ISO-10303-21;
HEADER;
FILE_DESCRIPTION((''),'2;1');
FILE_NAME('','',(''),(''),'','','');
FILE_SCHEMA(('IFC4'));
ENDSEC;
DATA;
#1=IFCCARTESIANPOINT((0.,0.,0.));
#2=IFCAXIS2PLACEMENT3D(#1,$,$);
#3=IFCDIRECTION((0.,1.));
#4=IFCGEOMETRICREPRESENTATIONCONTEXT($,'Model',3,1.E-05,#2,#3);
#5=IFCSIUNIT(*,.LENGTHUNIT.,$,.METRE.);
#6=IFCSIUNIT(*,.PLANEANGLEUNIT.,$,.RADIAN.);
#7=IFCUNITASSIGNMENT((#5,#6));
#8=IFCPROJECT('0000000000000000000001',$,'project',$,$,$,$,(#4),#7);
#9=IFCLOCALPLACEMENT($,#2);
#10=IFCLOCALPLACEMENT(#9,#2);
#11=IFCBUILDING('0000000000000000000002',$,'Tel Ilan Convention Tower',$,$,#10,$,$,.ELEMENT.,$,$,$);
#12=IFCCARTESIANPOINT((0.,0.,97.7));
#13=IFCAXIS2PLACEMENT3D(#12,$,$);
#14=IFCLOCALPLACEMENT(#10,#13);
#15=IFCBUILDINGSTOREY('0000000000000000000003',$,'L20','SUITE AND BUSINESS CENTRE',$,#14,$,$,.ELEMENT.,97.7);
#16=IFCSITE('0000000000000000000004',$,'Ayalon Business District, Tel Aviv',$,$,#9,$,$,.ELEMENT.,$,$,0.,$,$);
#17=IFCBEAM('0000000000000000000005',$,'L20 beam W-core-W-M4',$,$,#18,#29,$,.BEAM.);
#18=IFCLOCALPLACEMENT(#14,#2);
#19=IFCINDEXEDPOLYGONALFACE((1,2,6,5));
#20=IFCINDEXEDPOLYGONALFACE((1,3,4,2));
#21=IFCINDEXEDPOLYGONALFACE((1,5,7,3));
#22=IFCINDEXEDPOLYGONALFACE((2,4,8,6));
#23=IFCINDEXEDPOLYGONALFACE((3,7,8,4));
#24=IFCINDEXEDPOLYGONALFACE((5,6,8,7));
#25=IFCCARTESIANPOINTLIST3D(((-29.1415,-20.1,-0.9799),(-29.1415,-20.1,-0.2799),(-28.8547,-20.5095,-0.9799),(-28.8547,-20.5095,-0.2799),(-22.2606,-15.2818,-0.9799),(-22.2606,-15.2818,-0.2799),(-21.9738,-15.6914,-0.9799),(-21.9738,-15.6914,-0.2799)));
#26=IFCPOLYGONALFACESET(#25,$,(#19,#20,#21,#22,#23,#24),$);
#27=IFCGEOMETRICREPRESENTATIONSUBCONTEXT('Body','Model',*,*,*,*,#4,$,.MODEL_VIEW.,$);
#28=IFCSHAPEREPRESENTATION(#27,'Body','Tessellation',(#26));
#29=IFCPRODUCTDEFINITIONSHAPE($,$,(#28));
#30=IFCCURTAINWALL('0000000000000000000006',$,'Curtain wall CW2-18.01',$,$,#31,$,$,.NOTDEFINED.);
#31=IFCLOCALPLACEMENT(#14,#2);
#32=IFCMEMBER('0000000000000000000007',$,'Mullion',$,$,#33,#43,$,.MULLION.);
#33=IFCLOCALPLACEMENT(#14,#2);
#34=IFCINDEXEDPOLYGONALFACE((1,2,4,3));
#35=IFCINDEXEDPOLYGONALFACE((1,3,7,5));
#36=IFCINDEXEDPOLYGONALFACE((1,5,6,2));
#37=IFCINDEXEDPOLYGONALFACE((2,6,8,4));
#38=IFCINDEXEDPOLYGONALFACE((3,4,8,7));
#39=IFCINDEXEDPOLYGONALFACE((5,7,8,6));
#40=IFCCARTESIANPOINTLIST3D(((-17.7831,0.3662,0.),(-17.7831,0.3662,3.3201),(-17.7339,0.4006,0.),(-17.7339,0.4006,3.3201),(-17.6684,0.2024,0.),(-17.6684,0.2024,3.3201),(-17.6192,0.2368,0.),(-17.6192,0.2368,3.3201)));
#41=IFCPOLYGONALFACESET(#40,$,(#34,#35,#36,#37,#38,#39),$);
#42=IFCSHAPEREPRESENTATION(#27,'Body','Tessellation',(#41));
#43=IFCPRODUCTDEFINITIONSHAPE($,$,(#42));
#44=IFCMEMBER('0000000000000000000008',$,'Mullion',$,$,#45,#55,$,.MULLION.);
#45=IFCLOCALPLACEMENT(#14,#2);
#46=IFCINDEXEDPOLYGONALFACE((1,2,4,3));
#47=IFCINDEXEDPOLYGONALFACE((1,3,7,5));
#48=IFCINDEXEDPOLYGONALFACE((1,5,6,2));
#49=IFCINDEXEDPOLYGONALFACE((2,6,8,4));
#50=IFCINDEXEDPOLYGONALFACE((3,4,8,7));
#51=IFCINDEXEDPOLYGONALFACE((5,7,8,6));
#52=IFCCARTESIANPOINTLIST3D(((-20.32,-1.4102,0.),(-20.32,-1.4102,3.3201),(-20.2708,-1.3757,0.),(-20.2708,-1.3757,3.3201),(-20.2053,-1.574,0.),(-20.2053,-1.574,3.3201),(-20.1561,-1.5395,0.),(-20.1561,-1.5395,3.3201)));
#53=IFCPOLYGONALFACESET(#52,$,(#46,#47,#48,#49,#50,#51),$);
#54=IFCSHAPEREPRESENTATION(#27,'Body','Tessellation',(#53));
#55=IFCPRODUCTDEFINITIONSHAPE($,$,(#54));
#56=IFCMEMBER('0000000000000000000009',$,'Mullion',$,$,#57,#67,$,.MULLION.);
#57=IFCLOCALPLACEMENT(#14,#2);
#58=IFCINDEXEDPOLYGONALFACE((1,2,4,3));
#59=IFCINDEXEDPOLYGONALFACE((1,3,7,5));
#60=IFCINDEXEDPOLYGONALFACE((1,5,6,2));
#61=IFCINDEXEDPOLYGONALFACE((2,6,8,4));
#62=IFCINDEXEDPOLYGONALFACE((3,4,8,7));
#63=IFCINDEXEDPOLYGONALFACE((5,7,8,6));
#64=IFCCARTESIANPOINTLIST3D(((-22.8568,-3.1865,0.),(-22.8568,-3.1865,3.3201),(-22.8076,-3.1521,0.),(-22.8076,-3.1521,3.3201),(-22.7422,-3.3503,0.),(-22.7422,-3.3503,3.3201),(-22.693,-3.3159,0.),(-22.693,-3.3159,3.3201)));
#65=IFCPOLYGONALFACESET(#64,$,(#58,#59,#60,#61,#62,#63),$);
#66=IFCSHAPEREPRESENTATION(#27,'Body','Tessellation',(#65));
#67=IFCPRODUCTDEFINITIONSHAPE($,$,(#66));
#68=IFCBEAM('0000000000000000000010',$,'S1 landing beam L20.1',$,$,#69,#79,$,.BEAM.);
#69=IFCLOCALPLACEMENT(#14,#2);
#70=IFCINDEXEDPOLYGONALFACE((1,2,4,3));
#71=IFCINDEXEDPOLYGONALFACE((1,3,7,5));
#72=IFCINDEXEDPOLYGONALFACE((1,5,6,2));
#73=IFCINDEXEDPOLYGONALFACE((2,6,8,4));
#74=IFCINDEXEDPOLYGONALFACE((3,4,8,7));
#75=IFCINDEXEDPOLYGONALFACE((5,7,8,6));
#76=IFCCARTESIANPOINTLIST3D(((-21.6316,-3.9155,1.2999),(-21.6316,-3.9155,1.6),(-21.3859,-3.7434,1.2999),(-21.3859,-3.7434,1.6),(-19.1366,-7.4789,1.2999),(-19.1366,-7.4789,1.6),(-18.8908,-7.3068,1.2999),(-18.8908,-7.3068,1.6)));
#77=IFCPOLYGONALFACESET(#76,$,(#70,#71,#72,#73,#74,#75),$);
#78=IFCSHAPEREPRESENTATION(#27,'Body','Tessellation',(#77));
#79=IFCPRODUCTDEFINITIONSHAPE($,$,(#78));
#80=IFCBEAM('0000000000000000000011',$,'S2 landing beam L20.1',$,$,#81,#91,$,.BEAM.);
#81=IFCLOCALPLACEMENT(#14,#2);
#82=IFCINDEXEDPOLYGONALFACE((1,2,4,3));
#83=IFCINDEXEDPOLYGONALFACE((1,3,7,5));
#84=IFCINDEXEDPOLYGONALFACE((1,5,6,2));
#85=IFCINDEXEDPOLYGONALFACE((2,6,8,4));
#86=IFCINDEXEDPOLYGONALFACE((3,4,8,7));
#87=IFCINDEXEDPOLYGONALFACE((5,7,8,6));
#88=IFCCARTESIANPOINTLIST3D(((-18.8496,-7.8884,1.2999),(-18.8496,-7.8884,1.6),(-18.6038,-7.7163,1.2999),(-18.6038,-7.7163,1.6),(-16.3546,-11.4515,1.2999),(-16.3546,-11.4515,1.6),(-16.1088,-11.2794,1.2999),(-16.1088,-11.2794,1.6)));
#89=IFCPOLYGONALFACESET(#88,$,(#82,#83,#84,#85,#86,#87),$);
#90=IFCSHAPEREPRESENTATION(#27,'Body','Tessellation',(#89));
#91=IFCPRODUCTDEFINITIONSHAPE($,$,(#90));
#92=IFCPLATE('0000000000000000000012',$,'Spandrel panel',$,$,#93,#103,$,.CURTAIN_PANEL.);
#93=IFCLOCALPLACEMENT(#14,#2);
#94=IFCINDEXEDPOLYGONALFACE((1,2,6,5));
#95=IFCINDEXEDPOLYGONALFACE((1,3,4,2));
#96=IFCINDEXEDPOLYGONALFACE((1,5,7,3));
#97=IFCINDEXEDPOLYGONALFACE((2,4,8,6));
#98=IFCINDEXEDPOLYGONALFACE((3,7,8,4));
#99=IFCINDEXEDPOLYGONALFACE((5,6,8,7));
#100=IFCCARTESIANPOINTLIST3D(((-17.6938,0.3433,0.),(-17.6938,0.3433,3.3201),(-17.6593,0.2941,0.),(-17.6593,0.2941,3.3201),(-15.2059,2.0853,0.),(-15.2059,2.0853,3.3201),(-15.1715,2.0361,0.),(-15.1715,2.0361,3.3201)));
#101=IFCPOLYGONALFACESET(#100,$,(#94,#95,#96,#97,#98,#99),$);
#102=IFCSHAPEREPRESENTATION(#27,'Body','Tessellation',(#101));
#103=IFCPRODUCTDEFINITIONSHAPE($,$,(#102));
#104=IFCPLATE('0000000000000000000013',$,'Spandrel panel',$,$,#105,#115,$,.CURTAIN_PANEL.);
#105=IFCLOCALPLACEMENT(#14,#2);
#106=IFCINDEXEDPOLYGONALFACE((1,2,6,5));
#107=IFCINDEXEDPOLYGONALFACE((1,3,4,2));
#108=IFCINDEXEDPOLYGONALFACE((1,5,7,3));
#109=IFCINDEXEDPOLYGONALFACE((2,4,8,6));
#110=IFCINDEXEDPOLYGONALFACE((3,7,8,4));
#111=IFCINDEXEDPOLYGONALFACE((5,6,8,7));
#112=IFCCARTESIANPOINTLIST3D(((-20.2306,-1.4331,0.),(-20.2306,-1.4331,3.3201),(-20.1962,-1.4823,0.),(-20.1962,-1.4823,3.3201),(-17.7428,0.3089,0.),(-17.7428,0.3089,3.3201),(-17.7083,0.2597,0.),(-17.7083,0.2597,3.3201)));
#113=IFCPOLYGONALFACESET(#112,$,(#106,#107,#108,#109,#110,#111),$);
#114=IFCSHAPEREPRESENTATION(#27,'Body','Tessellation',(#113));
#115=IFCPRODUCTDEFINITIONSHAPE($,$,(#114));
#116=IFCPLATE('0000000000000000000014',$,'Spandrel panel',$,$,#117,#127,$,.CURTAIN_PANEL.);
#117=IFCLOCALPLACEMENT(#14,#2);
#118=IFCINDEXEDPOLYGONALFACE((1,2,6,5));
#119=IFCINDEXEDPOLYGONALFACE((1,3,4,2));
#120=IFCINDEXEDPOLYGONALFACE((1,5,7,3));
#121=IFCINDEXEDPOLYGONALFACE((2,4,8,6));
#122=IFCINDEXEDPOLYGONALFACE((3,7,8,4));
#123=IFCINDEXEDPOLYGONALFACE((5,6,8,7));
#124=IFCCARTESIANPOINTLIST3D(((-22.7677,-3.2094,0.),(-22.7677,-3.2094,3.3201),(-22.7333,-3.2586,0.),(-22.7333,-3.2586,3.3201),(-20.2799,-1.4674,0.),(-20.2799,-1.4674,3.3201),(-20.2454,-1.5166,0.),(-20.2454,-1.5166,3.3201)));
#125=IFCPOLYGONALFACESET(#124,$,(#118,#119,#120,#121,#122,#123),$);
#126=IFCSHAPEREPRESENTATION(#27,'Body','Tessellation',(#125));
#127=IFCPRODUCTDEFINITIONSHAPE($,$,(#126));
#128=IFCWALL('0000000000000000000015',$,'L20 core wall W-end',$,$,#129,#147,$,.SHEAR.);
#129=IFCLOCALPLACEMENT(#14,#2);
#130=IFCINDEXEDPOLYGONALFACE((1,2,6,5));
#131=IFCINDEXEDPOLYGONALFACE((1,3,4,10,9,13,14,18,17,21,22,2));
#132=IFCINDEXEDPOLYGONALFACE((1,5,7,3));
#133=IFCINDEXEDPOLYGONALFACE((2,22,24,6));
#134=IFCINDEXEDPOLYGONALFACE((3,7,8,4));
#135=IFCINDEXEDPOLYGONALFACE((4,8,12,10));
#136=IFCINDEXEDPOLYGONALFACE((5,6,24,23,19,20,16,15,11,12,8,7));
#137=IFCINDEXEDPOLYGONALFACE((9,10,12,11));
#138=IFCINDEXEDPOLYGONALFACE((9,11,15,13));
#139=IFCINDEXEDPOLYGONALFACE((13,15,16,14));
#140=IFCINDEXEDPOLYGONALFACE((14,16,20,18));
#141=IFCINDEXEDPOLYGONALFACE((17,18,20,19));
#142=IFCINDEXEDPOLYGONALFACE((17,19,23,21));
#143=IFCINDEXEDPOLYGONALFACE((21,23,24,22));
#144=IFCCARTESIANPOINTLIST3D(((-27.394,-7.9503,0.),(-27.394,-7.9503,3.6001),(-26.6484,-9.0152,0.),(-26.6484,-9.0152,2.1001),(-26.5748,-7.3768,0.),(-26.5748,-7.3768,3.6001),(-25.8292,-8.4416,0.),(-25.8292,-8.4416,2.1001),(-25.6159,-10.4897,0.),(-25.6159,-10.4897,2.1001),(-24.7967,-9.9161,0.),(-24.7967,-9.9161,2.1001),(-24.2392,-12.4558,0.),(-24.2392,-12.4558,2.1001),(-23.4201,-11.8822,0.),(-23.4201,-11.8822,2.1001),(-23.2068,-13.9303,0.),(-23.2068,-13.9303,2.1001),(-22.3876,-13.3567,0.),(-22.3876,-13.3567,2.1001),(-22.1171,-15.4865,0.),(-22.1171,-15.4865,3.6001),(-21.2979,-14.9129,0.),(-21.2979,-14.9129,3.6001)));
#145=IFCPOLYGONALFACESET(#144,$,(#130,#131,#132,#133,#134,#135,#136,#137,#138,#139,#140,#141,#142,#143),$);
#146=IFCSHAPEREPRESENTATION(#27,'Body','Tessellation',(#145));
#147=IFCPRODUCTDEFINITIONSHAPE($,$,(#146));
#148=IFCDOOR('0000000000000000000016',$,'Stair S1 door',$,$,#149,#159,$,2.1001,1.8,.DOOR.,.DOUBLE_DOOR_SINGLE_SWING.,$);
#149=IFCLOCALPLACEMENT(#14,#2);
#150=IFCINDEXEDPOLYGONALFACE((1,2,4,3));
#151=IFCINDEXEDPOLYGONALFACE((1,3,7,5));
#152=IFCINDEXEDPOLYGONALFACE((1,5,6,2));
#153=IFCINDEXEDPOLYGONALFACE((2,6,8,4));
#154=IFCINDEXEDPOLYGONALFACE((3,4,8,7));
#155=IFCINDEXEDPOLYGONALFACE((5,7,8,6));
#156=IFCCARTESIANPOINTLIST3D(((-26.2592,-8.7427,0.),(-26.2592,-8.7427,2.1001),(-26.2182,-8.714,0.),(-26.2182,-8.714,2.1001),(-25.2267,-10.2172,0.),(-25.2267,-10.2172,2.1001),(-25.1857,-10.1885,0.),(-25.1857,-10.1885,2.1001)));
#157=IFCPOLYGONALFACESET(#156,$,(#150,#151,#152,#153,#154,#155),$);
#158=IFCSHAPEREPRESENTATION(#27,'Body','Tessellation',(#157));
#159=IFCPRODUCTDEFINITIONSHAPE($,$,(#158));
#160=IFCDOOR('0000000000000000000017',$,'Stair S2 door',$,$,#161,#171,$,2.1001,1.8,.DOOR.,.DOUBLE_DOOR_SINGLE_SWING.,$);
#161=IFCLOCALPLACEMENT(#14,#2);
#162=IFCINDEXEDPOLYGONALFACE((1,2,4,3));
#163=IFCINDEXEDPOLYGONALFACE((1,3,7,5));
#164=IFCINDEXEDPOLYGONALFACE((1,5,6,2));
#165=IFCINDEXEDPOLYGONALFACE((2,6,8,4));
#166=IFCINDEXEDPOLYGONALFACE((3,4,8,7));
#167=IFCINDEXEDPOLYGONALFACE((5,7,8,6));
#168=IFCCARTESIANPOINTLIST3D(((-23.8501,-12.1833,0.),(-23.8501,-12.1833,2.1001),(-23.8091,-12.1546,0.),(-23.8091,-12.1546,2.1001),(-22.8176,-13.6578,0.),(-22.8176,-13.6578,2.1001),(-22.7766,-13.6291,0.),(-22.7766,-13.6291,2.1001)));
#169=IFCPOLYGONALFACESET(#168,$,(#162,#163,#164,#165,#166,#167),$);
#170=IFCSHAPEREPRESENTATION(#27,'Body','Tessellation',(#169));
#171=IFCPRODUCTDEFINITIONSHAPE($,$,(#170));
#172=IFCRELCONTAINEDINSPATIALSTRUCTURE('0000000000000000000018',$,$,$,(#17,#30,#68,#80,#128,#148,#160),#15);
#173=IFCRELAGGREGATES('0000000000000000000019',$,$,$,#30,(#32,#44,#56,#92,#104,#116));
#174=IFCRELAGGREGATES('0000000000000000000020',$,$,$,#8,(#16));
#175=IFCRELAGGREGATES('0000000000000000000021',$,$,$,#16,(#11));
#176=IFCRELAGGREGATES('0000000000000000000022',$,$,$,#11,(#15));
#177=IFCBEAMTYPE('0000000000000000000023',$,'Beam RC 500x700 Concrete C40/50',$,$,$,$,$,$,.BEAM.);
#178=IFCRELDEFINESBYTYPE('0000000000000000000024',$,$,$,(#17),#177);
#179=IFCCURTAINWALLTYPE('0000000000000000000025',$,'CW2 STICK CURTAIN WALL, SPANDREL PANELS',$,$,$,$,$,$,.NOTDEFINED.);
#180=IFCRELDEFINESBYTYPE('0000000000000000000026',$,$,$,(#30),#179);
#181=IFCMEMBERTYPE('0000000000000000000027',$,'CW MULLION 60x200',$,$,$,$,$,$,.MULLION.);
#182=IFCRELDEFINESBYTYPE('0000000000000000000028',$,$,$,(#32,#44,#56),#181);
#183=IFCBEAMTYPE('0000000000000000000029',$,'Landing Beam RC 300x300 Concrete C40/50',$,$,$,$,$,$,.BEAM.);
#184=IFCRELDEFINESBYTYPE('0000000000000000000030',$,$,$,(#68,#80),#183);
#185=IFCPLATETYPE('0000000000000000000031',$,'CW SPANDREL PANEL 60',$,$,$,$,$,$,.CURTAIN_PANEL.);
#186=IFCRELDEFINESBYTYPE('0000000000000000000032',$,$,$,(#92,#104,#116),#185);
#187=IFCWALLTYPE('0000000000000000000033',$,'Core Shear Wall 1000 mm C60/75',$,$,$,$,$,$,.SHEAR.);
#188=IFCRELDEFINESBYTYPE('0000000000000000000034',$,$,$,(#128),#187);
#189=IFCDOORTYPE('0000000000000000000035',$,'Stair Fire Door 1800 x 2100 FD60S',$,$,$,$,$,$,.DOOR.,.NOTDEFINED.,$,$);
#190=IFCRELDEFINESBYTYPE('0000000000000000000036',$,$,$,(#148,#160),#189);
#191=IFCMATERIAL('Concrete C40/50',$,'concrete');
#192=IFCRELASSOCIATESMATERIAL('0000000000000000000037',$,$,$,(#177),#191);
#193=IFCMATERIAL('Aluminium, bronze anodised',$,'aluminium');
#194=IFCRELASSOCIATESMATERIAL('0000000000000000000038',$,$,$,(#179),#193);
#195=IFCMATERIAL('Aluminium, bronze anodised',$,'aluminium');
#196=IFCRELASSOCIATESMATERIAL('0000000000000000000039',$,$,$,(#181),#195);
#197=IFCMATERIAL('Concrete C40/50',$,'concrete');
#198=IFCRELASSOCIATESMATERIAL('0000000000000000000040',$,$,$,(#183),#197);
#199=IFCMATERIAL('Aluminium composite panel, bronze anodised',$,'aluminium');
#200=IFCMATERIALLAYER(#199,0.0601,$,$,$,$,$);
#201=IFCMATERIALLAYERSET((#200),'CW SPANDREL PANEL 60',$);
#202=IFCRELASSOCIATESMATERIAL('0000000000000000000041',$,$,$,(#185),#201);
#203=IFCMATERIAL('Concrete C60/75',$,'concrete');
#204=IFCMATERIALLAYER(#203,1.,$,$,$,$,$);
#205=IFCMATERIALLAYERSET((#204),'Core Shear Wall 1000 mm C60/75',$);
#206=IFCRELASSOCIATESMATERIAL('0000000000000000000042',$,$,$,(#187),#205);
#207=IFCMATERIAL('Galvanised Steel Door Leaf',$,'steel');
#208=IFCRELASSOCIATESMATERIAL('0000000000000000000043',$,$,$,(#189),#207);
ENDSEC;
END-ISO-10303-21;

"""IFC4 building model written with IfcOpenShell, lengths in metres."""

from ifc_helpers import new_model, si_unit, direction, frame, frame_2d, origin, origin_2d, place, context, subcontext, project, spatial, polyline, rectangle, outline, extrude, material, layer, layer_set, material_profile, profile_set, type_object, element, fill, aggregate, save


model = new_model("IFC4")

# Units and contexts
model_context = context("Model", 3, precision=1e-05, world=origin(), true_north=direction((0.0, 1.0)))
body_context = subcontext(model_context, "Body", "Model", "MODEL_VIEW")
ifc_project = project(units=[si_unit("LENGTHUNIT", "METRE"), si_unit("PLANEANGLEUNIT", "RADIAN")], contexts=[model_context])

# Site, building, storey
site_placement = place(None, origin())
site = spatial("IfcSite", under=ifc_project, at=site_placement, Name="Ayalon Business District, Tel Aviv", CompositionType="ELEMENT", RefElevation=0.0)
building_placement = place(site_placement, origin())
building = spatial("IfcBuilding", under=site, at=building_placement, Name="Tel Ilan Convention Tower", CompositionType="ELEMENT")
storey_placement = place(building_placement, frame((0.0, 0.0, 97.7)))
storey = spatial("IfcBuildingStorey", under=building, at=storey_placement, Name="L20", Description="SUITE AND BUSINESS CENTRE", CompositionType="ELEMENT", Elevation=97.7)

# Beam
ifc_material_1 = material(Name="Concrete C40/50", Category="concrete")
ifc_material_profile_1 = material_profile(ifc_material_1, rectangle(XDim=0.5, YDim=0.7, at=origin_2d()), Name="RC 500x700")
ifc_profile_set_1 = profile_set([ifc_material_profile_1], Name="Concrete C40/50")
beam_type_1 = type_object("IfcBeamType", Name="Beam RC 500x700 Concrete C40/50", PredefinedType="BEAM", material=ifc_profile_set_1)
beam_1_placement = place(storey_placement, frame((-22.1172, -15.4866, -0.6299), z_axis=(-0.819147, -0.573583, 0.0), x_axis=(0.573583, -0.819147, 0.0)))
element("IfcBeam", 1, at=beam_1_placement, inside=storey, type_object=beam_type_1, Name="L20 beam W-core-W-M4", PredefinedType="BEAM", context=body_context, shape_type="SweptSolid", body=[
    extrude(rectangle(XDim=0.5, YDim=0.7, at=origin_2d()), origin(), (0.0, 0.0, 1.0), 8.4001),
])

# Curtain wall, members
ifc_material_2 = material(Name="Aluminium, bronze anodised", Category="aluminium")
curtain_wall_type = type_object("IfcCurtainWallType", Name="CW2 STICK CURTAIN WALL, SPANDREL PANELS", PredefinedType="NOTDEFINED", material=ifc_material_2)
curtain_wall_placement = place(storey_placement, origin())
curtain_wall = element("IfcCurtainWall", 2, at=curtain_wall_placement, inside=storey, type_object=curtain_wall_type, Name="Curtain wall CW2-18.01", PredefinedType="NOTDEFINED")
ifc_material_3 = material(Name="Aluminium, bronze anodised", Category="aluminium")
ifc_material_profile_2 = material_profile(ifc_material_3, rectangle(XDim=0.0601, YDim=0.2, at=origin_2d()), Name="CW MULLION 60x200")
ifc_profile_set_2 = profile_set([ifc_material_profile_2], Name="Aluminium, bronze anodised")
member_type = type_object("IfcMemberType", Name="CW MULLION 60x200", PredefinedType="MULLION", material=ifc_profile_set_2)
member_1_placement = place(storey_placement, frame((-17.7012, 0.3015, 0.0), z_axis=(0.0, 0.0, 1.0), x_axis=(-0.819152, -0.573576, 0.0)))
member_1 = element("IfcMember", 3, at=member_1_placement, type_object=member_type, Name="Mullion", PredefinedType="MULLION", context=body_context, shape_type="SweptSolid", body=[
    extrude(rectangle(XDim=0.0601, YDim=0.2, at=origin_2d()), origin(), (0.0, 0.0, 1.0), 3.3201),
])
member_2_placement = place(storey_placement, frame((-20.238, -1.4749, 0.0), z_axis=(0.0, 0.0, 1.0), x_axis=(-0.819152, -0.573576, 0.0)))
member_2 = element("IfcMember", 4, at=member_2_placement, type_object=member_type, Name="Mullion", PredefinedType="MULLION", context=body_context, shape_type="SweptSolid", body=[
    extrude(rectangle(XDim=0.0601, YDim=0.2, at=origin_2d()), origin(), (0.0, 0.0, 1.0), 3.3201),
])
member_3_placement = place(storey_placement, frame((-22.7749, -3.2512, 0.0), z_axis=(0.0, 0.0, 1.0), x_axis=(-0.819152, -0.573576, 0.0)))
member_3 = element("IfcMember", 5, at=member_3_placement, type_object=member_type, Name="Mullion", PredefinedType="MULLION", context=body_context, shape_type="SweptSolid", body=[
    extrude(rectangle(XDim=0.0601, YDim=0.2, at=origin_2d()), origin(), (0.0, 0.0, 1.0), 3.3201),
])

# Beams
ifc_material_4 = material(Name="Concrete C40/50", Category="concrete")
ifc_material_profile_3 = material_profile(ifc_material_4, rectangle(XDim=0.3, YDim=0.3, at=origin_2d()), Name="RC 300x300")
ifc_profile_set_3 = profile_set([ifc_material_profile_3], Name="Concrete C40/50")
beam_type_2 = type_object("IfcBeamType", Name="Landing Beam RC 300x300 Concrete C40/50", PredefinedType="BEAM", material=ifc_profile_set_3)
beam_2_placement = place(storey_placement, frame((-19.0137, -7.3928, 1.45), z_axis=(-0.573568, 0.819158, 0.0), x_axis=(-0.819158, -0.573568, 0.0)))
element("IfcBeam", 6, at=beam_2_placement, inside=storey, type_object=beam_type_2, Name="S1 landing beam L20.1", PredefinedType="BEAM", context=body_context, shape_type="SweptSolid", body=[
    extrude(rectangle(XDim=0.3, YDim=0.3, at=origin_2d()), origin(), (0.0, 0.0, 1.0), 4.3501),
])
beam_3_placement = place(storey_placement, frame((-16.2317, -11.3655, 1.45), z_axis=(-0.573594, 0.81914, 0.0), x_axis=(-0.81914, -0.573594, 0.0)))
element("IfcBeam", 7, at=beam_3_placement, inside=storey, type_object=beam_type_2, Name="S2 landing beam L20.1", PredefinedType="BEAM", context=body_context, shape_type="SweptSolid", body=[
    extrude(rectangle(XDim=0.3, YDim=0.3, at=origin_2d()), origin(), (0.0, 0.0, 1.0), 4.3499),
])

# Plates
ifc_material_5 = material(Name="Aluminium composite panel, bronze anodised", Category="aluminium")
ifc_layer_1 = layer(ifc_material_5, 0.0601)
ifc_layer_set_1 = layer_set([ifc_layer_1], Name="CW SPANDREL PANEL 60")
plate_type = type_object("IfcPlateType", Name="CW SPANDREL PANEL 60", PredefinedType="CURTAIN_PANEL", material=ifc_layer_set_1)
plate_1_placement = place(storey_placement, frame((-16.4326, 1.1897, 0.0), z_axis=(0.0, 0.0, 1.0), x_axis=(-0.819152, -0.573576, 0.0)))
plate_1 = element("IfcPlate", 8, at=plate_1_placement, type_object=plate_type, Name="Spandrel panel", PredefinedType="CURTAIN_PANEL", context=body_context, shape_type="SweptSolid", body=[
    extrude(rectangle(XDim=3.0371, YDim=0.0601, at=origin_2d()), origin(), (0.0, 0.0, 1.0), 3.3201),
])
plate_2_placement = place(storey_placement, frame((-18.9695, -0.5867, 0.0), z_axis=(0.0, 0.0, 1.0), x_axis=(-0.819152, -0.573576, 0.0)))
plate_2 = element("IfcPlate", 9, at=plate_2_placement, type_object=plate_type, Name="Spandrel panel", PredefinedType="CURTAIN_PANEL", context=body_context, shape_type="SweptSolid", body=[
    extrude(rectangle(XDim=3.0371, YDim=0.0601, at=origin_2d()), origin(), (0.0, 0.0, 1.0), 3.3201),
])
plate_3_placement = place(storey_placement, frame((-21.5066, -2.363, 0.0), z_axis=(0.0, 0.0, 1.0), x_axis=(-0.819152, -0.573576, 0.0)))
plate_3 = element("IfcPlate", 10, at=plate_3_placement, type_object=plate_type, Name="Spandrel panel", PredefinedType="CURTAIN_PANEL", context=body_context, shape_type="SweptSolid", body=[
    extrude(rectangle(XDim=3.0371, YDim=0.0601, at=origin_2d()), origin(), (0.0, 0.0, 1.0), 3.3201),
])
aggregate(curtain_wall, [member_1, member_2, member_3, plate_1, plate_2, plate_3])

# Wall, openings, doors
ifc_material_6 = material(Name="Concrete C60/75", Category="concrete")
ifc_layer_2 = layer(ifc_material_6, 1.0)
ifc_layer_set_2 = layer_set([ifc_layer_2], Name="Core Shear Wall 1000 mm C60/75")
wall_type_1 = type_object("IfcWallType", Name="Core Shear Wall 1000 mm C60/75", PredefinedType="SHEAR", material=ifc_layer_set_2)
wall_1_placement = place(storey_placement, frame((-21.7075, -15.1997, 0.0), z_axis=(0.0, 0.0, 1.0), x_axis=(-0.573576, 0.819152, 0.0)))
wall_1 = element("IfcWall", 11, at=wall_1_placement, inside=storey, type_object=wall_type_1, Name="L20 core wall W-end", PredefinedType="SHEAR", context=body_context, shape_type="SweptSolid", body=[
    extrude(outline(polyline([(0.0, 0.5), (0.0, -0.5), (9.2, -0.5), (9.2, 0.5), (0.0, 0.5)])), origin(), (0.0, 0.0, 1.0), 3.6001),
])
opening_1_placement = place(wall_1_placement, frame((6.1001, 0.0, 0.0)))
opening_1 = element("IfcOpeningElement", 12, at=opening_1_placement, cuts=wall_1, PredefinedType="OPENING", context=body_context, shape_type="SweptSolid", body=[
    extrude(rectangle(XDim=1.8, YDim=2.1001, at=frame_2d((0.8999, 1.05))), frame((0.0, 0.51, 0.0), z_axis=(0.0, -1.0, 0.0), x_axis=(1.0, 0.0, 0.0)), (0.0, 0.0, 1.0), 1.02),
])
opening_2_placement = place(wall_1_placement, frame((1.8999, 0.0, 0.0)))
opening_2 = element("IfcOpeningElement", 13, at=opening_2_placement, cuts=wall_1, PredefinedType="OPENING", context=body_context, shape_type="SweptSolid", body=[
    extrude(rectangle(XDim=1.8, YDim=2.1001, at=frame_2d((0.8999, 1.05))), frame((0.0, 0.51, 0.0), z_axis=(0.0, -1.0, 0.0), x_axis=(1.0, 0.0, 0.0)), (0.0, 0.0, 1.0), 1.02),
])
ifc_material_7 = material(Name="Galvanised Steel Door Leaf", Category="steel")
door_type = type_object("IfcDoorType", Name="Stair Fire Door 1800 x 2100 FD60S", OperationType="NOTDEFINED", PredefinedType="DOOR", material=ifc_material_7)
door_1_placement = place(opening_1_placement, origin())
door_1 = element("IfcDoor", 14, at=door_1_placement, inside=storey, type_object=door_type, Name="Stair S1 door", OperationType="DOUBLE_DOOR_SINGLE_SWING", OverallHeight=2.1001, OverallWidth=1.8, PredefinedType="DOOR", context=body_context, shape_type="SweptSolid", body=[
    extrude(rectangle(XDim=1.8, YDim=2.1001, at=frame_2d((0.8999, 1.05))), frame((0.0, 0.0249, 0.0), z_axis=(0.0, -1.0, 0.0), x_axis=(1.0, 0.0, 0.0)), (0.0, 0.0, 1.0), 0.05),
])
fill(opening_1, door_1)
door_2_placement = place(opening_2_placement, origin())
door_2 = element("IfcDoor", 15, at=door_2_placement, inside=storey, type_object=door_type, Name="Stair S2 door", OperationType="DOUBLE_DOOR_SINGLE_SWING", OverallHeight=2.1001, OverallWidth=1.8, PredefinedType="DOOR", context=body_context, shape_type="SweptSolid", body=[
    extrude(rectangle(XDim=1.8, YDim=2.1001, at=frame_2d((0.8999, 1.05))), frame((0.0, 0.0249, 0.0), z_axis=(0.0, -1.0, 0.0), x_axis=(1.0, 0.0, 0.0)), (0.0, 0.0, 1.0), 0.05),
])
fill(opening_2, door_2)

save(model, "model.ifc")
